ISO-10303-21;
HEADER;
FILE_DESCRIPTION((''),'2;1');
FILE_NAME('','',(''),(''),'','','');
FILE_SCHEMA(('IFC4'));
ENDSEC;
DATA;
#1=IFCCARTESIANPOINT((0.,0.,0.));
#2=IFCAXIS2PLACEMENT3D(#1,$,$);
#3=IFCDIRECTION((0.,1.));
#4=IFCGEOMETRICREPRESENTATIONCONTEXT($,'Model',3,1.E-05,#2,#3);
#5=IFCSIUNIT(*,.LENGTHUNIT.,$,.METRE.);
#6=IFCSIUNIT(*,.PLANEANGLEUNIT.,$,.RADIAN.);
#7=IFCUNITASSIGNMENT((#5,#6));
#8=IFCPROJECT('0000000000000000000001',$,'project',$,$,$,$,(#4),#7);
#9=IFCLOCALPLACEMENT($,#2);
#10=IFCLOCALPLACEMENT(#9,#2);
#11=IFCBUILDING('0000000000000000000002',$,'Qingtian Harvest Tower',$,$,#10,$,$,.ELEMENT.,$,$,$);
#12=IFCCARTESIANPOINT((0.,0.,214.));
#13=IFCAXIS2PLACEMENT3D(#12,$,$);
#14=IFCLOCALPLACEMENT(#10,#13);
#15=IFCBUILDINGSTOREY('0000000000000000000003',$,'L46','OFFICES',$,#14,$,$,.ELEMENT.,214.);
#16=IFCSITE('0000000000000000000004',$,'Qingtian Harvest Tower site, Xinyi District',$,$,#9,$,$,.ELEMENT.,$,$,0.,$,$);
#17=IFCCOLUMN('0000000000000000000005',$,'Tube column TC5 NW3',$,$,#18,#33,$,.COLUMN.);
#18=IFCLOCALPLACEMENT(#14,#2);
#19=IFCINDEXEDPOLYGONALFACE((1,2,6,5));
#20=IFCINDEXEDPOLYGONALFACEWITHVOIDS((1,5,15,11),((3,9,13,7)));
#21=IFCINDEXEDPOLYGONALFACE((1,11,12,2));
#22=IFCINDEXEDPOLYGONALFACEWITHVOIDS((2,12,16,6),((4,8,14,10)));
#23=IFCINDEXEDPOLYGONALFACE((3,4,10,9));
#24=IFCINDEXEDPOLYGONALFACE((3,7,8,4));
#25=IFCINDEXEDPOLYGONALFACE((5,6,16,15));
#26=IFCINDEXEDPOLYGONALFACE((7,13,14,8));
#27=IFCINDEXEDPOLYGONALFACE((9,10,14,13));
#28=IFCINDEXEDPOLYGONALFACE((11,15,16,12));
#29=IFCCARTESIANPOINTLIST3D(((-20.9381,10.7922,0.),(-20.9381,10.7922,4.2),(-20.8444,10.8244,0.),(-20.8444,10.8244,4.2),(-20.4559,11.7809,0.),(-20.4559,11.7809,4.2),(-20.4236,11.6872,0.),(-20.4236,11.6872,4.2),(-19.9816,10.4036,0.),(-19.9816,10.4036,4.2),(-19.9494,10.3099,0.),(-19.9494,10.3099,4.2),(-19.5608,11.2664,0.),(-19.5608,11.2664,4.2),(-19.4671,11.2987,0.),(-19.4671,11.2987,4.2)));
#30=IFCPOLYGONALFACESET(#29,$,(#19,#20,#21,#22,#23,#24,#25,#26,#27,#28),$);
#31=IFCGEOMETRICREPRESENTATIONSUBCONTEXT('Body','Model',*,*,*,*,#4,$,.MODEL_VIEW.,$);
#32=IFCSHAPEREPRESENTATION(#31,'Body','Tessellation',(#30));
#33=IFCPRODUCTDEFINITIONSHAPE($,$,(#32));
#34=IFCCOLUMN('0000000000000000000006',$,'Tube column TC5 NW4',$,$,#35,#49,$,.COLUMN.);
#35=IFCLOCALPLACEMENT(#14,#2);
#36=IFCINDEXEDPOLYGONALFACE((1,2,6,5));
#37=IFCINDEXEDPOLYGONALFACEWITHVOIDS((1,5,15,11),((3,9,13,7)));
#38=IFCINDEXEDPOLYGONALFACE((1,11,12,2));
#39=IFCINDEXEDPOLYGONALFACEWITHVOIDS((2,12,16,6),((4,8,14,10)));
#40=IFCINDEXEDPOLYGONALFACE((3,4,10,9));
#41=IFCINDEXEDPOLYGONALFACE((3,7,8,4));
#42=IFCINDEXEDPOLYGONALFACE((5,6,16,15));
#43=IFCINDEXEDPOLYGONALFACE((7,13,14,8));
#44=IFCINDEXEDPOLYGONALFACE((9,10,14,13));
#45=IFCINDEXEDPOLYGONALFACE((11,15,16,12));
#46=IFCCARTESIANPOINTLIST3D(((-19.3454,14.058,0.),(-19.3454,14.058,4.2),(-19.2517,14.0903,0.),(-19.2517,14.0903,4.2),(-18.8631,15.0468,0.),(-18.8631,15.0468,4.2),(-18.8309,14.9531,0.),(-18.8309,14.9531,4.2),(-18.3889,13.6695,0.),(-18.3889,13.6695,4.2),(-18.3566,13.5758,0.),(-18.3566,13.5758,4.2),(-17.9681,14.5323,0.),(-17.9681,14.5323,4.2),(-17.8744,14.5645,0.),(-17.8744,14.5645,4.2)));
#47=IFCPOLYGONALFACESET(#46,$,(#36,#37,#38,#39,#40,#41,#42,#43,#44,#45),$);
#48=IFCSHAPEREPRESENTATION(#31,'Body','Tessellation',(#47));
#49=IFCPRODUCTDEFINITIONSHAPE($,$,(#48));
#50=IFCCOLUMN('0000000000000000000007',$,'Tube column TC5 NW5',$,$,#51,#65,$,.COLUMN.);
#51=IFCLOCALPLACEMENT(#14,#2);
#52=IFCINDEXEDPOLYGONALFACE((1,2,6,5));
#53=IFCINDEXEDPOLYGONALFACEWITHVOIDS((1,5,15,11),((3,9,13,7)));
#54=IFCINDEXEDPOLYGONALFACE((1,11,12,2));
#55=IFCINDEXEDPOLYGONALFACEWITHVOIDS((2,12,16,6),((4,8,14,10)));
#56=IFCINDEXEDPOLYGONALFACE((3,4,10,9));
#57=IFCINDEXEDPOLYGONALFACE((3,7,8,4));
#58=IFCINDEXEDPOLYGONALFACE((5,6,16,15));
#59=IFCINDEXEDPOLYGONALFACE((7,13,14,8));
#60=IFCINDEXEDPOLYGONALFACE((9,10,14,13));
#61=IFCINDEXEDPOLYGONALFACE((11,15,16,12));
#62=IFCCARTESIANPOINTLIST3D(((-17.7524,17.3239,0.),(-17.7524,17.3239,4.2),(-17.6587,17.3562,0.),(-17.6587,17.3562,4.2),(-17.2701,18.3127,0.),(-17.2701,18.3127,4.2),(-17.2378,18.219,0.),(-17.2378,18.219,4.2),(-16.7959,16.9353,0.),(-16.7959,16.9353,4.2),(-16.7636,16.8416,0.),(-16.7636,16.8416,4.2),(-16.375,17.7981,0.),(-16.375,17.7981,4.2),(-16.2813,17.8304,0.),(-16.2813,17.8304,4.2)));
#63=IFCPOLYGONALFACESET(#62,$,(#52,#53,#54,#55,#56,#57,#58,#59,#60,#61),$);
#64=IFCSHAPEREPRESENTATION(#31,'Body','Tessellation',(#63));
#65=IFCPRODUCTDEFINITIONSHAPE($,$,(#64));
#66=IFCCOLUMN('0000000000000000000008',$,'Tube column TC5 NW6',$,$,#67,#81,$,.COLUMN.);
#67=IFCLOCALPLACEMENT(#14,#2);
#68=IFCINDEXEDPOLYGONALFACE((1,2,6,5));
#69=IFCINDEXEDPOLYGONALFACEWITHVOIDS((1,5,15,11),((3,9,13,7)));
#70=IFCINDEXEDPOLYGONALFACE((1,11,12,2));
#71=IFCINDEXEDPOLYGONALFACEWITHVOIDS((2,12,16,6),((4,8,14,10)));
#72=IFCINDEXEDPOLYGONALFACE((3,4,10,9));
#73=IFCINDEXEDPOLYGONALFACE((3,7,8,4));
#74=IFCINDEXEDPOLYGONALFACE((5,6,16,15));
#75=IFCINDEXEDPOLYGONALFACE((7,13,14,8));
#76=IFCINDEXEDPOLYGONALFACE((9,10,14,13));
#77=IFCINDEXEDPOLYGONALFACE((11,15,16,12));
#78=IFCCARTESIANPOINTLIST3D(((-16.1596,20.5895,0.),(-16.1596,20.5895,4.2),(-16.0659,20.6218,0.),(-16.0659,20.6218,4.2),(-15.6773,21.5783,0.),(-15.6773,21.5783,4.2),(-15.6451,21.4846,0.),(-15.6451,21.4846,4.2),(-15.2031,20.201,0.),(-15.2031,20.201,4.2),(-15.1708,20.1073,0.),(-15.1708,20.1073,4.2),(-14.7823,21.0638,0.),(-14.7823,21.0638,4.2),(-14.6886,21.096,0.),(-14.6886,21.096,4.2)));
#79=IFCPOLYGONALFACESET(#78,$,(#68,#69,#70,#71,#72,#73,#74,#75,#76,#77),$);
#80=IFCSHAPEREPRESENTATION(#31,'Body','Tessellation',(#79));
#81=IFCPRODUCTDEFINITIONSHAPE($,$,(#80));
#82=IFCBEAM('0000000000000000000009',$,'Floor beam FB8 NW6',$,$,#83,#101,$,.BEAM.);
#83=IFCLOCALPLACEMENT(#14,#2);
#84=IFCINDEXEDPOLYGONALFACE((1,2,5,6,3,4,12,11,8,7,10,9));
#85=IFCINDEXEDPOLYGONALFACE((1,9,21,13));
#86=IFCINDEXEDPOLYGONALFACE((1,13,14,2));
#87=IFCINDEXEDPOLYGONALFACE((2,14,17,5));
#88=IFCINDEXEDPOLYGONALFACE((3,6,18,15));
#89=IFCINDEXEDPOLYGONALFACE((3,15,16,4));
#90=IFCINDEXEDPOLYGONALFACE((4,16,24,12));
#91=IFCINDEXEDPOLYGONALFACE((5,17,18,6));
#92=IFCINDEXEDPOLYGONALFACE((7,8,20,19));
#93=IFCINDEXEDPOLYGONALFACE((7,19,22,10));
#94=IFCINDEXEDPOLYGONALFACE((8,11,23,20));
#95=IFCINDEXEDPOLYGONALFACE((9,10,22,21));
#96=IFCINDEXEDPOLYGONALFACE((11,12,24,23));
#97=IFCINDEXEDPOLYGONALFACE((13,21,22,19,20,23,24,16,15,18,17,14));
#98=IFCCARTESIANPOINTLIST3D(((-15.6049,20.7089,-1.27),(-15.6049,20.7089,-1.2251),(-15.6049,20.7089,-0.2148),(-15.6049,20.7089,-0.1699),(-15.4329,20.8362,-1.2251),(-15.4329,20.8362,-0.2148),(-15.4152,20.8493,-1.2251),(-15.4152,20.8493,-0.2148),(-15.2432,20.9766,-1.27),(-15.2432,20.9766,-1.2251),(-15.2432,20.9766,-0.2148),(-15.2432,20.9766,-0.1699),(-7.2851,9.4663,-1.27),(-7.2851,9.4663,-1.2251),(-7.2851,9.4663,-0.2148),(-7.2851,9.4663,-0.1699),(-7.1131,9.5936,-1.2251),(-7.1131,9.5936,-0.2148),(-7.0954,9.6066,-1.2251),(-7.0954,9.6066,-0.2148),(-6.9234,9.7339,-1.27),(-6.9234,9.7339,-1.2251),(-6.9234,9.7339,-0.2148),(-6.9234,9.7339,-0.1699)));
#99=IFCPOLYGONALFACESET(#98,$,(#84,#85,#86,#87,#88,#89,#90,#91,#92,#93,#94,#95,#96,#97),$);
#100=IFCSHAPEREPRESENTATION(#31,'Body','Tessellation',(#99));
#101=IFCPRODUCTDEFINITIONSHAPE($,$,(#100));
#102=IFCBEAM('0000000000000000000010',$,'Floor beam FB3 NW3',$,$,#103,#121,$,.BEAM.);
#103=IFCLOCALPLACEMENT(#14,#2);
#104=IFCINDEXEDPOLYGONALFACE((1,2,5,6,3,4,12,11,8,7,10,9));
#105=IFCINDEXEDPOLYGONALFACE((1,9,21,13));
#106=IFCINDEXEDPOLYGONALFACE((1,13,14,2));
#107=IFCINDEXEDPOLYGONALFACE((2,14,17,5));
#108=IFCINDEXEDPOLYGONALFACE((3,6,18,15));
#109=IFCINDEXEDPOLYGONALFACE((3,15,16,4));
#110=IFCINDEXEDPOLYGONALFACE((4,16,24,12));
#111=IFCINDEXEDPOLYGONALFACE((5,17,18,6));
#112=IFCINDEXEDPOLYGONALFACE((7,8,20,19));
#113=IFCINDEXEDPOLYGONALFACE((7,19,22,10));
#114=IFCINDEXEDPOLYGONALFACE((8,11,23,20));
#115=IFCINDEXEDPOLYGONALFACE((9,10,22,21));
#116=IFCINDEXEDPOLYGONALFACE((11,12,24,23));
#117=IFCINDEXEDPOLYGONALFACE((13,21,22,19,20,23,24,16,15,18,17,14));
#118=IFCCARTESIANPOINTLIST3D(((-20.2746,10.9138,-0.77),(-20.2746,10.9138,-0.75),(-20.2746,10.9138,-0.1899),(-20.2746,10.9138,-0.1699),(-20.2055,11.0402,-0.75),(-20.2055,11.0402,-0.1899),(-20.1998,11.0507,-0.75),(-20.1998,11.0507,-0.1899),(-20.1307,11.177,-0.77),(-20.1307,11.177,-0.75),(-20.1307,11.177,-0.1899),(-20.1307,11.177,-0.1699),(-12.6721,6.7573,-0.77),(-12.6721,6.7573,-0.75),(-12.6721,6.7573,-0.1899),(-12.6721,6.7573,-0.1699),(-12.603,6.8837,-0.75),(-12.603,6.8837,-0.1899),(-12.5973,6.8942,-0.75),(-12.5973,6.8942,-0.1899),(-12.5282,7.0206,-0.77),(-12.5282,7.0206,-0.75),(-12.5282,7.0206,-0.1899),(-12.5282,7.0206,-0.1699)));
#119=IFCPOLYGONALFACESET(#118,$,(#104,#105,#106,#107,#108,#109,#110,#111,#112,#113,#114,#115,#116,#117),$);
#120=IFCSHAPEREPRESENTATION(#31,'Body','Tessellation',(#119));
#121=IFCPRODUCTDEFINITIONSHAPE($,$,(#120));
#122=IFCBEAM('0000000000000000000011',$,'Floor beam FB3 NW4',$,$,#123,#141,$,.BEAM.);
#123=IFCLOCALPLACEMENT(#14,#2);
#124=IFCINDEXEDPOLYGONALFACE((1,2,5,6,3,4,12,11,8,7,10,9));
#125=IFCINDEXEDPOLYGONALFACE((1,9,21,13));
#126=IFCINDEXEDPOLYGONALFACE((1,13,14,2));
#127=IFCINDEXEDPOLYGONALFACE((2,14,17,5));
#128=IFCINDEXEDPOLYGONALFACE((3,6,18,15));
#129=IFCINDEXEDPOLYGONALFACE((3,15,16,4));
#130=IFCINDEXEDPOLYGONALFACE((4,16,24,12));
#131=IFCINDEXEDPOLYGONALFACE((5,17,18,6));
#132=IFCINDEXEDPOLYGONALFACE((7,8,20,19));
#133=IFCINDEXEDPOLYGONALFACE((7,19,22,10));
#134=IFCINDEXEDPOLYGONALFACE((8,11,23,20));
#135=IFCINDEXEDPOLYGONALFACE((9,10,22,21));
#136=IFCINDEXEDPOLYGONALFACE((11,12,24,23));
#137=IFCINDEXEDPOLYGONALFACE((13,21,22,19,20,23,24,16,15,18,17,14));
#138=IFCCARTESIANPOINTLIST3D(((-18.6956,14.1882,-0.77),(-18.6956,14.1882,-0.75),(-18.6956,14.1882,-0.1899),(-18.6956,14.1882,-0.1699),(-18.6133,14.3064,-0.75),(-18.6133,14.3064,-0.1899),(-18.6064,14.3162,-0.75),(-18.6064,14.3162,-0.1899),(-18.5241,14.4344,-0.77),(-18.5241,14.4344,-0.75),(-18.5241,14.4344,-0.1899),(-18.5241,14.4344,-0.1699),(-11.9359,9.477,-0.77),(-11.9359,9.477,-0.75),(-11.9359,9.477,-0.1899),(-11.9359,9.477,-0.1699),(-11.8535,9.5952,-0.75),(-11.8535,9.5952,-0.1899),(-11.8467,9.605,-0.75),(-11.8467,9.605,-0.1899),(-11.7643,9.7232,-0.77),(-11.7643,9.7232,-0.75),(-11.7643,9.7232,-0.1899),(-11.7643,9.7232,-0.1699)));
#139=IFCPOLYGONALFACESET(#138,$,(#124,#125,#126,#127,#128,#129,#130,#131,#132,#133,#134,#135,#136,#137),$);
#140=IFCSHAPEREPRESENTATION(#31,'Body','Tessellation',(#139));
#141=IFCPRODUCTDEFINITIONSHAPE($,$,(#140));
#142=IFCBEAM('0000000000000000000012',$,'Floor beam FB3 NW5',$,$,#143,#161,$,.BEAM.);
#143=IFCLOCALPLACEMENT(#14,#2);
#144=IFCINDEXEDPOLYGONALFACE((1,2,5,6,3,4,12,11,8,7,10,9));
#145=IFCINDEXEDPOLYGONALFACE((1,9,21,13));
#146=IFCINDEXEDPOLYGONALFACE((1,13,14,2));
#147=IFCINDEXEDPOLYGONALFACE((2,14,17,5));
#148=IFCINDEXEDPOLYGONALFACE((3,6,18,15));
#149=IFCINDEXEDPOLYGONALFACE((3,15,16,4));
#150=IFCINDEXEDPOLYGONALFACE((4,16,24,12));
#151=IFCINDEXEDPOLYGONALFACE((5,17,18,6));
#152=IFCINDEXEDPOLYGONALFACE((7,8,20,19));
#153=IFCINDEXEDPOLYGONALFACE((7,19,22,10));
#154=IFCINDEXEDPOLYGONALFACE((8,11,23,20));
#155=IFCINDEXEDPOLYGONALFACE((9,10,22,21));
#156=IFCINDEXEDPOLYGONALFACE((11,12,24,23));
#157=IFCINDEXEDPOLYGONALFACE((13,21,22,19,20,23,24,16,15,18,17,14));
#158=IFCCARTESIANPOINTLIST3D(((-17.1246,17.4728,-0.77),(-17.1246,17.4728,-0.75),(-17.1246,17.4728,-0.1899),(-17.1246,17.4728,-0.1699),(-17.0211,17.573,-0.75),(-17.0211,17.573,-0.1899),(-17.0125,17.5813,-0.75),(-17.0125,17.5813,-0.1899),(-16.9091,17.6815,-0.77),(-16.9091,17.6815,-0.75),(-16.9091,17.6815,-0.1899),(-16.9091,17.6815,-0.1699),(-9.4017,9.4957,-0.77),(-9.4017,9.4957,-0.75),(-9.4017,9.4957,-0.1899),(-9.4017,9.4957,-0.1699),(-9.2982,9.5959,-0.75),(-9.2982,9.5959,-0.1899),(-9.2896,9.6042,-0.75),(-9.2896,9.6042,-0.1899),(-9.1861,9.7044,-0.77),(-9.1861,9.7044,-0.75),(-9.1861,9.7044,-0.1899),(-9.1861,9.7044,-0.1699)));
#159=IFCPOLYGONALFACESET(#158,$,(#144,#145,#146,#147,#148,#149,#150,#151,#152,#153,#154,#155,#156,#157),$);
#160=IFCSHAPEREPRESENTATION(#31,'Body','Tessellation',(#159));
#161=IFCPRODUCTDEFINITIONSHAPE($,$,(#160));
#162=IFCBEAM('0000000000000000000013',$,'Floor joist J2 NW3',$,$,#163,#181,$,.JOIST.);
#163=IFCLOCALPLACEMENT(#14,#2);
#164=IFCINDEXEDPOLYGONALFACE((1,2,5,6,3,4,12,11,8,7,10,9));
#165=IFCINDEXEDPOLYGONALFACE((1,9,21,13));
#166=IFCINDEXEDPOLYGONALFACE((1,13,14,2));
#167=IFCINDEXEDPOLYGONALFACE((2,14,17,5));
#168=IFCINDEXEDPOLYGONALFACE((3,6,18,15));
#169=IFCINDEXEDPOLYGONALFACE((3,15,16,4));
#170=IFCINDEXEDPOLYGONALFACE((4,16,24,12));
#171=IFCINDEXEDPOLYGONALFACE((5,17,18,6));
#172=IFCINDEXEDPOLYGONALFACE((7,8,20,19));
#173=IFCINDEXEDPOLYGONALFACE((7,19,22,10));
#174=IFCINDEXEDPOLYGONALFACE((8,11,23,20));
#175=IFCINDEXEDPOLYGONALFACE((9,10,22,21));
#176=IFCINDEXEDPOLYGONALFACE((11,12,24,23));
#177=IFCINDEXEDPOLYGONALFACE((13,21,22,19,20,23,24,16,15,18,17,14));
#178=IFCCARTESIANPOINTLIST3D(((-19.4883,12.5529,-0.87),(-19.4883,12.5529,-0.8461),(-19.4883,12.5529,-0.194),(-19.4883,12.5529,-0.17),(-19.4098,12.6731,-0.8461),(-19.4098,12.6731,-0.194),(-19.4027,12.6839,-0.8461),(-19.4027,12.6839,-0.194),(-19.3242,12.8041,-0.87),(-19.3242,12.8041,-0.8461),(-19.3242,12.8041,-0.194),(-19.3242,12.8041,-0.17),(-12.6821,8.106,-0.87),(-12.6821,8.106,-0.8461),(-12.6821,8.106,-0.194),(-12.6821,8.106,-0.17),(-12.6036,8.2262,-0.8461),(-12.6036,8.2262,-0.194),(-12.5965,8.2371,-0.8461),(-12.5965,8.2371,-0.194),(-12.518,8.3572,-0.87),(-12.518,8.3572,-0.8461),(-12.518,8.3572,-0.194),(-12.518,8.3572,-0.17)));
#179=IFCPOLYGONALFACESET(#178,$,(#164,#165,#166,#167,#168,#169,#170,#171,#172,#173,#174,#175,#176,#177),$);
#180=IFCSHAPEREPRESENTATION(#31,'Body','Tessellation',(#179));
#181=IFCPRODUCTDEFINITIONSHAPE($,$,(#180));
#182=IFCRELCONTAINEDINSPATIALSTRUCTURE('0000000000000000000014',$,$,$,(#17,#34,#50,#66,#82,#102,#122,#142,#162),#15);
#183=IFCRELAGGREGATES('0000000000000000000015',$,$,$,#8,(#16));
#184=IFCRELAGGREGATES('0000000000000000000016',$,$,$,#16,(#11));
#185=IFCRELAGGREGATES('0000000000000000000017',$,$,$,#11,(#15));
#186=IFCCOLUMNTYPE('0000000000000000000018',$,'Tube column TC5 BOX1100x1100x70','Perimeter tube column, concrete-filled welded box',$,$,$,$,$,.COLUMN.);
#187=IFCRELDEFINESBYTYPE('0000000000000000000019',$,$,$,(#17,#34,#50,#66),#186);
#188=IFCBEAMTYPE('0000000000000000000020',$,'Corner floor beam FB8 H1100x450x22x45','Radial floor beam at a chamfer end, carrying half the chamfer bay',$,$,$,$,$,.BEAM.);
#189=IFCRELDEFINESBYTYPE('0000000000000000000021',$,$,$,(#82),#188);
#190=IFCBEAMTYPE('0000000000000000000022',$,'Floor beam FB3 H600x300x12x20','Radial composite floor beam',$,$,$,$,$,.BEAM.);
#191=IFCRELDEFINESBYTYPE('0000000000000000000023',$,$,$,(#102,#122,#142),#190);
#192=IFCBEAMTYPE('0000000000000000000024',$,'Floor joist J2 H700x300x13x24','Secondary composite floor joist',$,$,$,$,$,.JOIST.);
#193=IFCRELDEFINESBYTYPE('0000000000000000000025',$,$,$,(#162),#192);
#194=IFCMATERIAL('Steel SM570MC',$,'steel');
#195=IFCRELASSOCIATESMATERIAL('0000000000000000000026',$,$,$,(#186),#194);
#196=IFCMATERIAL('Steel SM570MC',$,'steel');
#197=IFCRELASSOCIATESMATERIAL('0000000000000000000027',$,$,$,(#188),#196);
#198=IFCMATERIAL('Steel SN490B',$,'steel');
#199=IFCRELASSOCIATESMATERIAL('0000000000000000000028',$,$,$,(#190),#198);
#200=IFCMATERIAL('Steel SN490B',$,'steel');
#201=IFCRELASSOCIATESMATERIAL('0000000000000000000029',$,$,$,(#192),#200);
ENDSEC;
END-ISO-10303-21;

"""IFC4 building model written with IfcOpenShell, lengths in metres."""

from ifc_helpers import new_model, si_unit, direction, frame, origin, origin_2d, place, context, subcontext, project, spatial, hollow_rectangle, i_section, extrude, material, material_profile, profile_set, type_object, element, save


model = new_model("IFC4")

# Units and contexts
model_context = context("Model", 3, precision=1e-05, world=origin(), true_north=direction((0.0, 1.0)))
body_context = subcontext(model_context, "Body", "Model", "MODEL_VIEW")
ifc_project = project(units=[si_unit("LENGTHUNIT", "METRE"), si_unit("PLANEANGLEUNIT", "RADIAN")], contexts=[model_context])

# Site, building, storey
site_placement = place(None, origin())
site = spatial("IfcSite", under=ifc_project, at=site_placement, Name="Qingtian Harvest Tower site, Xinyi District", CompositionType="ELEMENT", RefElevation=0.0)
building_placement = place(site_placement, origin())
building = spatial("IfcBuilding", under=site, at=building_placement, Name="Qingtian Harvest Tower", CompositionType="ELEMENT")
storey_placement = place(building_placement, frame((0.0, 0.0, 214.0)))
storey = spatial("IfcBuildingStorey", under=building, at=storey_placement, Name="L46", Description="OFFICES", CompositionType="ELEMENT", Elevation=214.0)

# Columns
ifc_material_1 = material(Name="Steel SM570MC", Category="steel")
ifc_material_profile_1 = material_profile(ifc_material_1, hollow_rectangle(XDim=1.1001, YDim=1.1001, WallThickness=0.0701, at=origin_2d()), Name="BOX1100x1100x70")
ifc_profile_set_1 = profile_set([ifc_material_profile_1], Name="Steel SM570MC")
column_type = type_object("IfcColumnType", Name="Tube column TC5 BOX1100x1100x70", Description="Perimeter tube column, concrete-filled welded box", PredefinedType="COLUMN", material=ifc_profile_set_1)
for number, where, z_axis, x_axis, name in (
    (1, (-20.2026, 11.0454, 0.0), (0.0, 0.0, 1.0), (-0.438371, -0.898794, 0.0), "Tube column TC5 NW3"),
    (2, (-18.6099, 14.3113, 0.0), (0.0, 0.0, 1.0), (-0.438371, -0.898794, 0.0), "Tube column TC5 NW4"),
    (3, (-17.0168, 17.5771, 0.0), (0.0, 0.0, 1.0), (-0.438371, -0.898794, 0.0), "Tube column TC5 NW5"),
    (4, (-15.4241, 20.8428, 0.0), (0.0, 0.0, 1.0), (-0.438371, -0.898794, 0.0), "Tube column TC5 NW6"),
):
    element("IfcColumn", number, at=place(storey_placement, frame(where, z_axis=z_axis, x_axis=x_axis)), inside=storey, type_object=column_type, Name=name, PredefinedType="COLUMN", context=body_context, shape_type="SweptSolid", body=[
        extrude(hollow_rectangle(XDim=1.1001, YDim=1.1001, WallThickness=0.0701, at=origin_2d()), origin(), (0.0, 0.0, 1.0), 4.2),
    ])

# Beams
ifc_material_2 = material(Name="Steel SM570MC", Category="steel")
ifc_material_profile_2 = material_profile(ifc_material_2, i_section(OverallWidth=0.45, OverallDepth=1.1001, WebThickness=0.022, FlangeThickness=0.0449, at=origin_2d()), Name="H1100x450x22x45")
ifc_profile_set_2 = profile_set([ifc_material_profile_2], Name="Steel SM570MC")
beam_type_1 = type_object("IfcBeamType", Name="Corner floor beam FB8 H1100x450x22x45", Description="Radial floor beam at a chamfer end, carrying half the chamfer bay", PredefinedType="BEAM", material=ifc_profile_set_2)
beam_1_placement = place(storey_placement, frame((-15.4241, 20.8428, -0.72), z_axis=(0.594854, -0.803834, 0.0), x_axis=(0.803834, 0.594854, 0.0)))
element("IfcBeam", 5, at=beam_1_placement, inside=storey, type_object=beam_type_1, Name="Floor beam FB8 NW6", PredefinedType="BEAM", context=body_context, shape_type="SweptSolid", body=[
    extrude(i_section(OverallWidth=0.45, OverallDepth=1.1001, WebThickness=0.022, FlangeThickness=0.0449, at=origin_2d()), origin(), (0.0, 0.0, 1.0), 13.9863),
])
ifc_material_3 = material(Name="Steel SN490B", Category="steel")
ifc_material_profile_3 = material_profile(ifc_material_3, i_section(OverallWidth=0.3, OverallDepth=0.6001, WebThickness=0.012, FlangeThickness=0.02, at=origin_2d()), Name="H600x300x12x20")
ifc_profile_set_3 = profile_set([ifc_material_profile_3], Name="Steel SN490B")
beam_type_2 = type_object("IfcBeamType", Name="Floor beam FB3 H600x300x12x20", Description="Radial composite floor beam", PredefinedType="BEAM", material=ifc_profile_set_3)
beam_2_placement = place(storey_placement, frame((-20.2026, 11.0454, -0.47), z_axis=(0.877427, -0.479711, 0.0), x_axis=(0.479711, 0.877427, 0.0)))
element("IfcBeam", 6, at=beam_2_placement, inside=storey, type_object=beam_type_2, Name="Floor beam FB3 NW3", PredefinedType="BEAM", context=body_context, shape_type="SweptSolid", body=[
    extrude(i_section(OverallWidth=0.3, OverallDepth=0.6001, WebThickness=0.012, FlangeThickness=0.02, at=origin_2d()), origin(), (0.0, 0.0, 1.0), 8.6646),
])
beam_3_placement = place(storey_placement, frame((-18.6099, 14.3113, -0.47), z_axis=(0.820408, -0.571779, 0.0), x_axis=(0.571779, 0.820408, 0.0)))
element("IfcBeam", 7, at=beam_3_placement, inside=storey, type_object=beam_type_2, Name="Floor beam FB3 NW4", PredefinedType="BEAM", context=body_context, shape_type="SweptSolid", body=[
    extrude(i_section(OverallWidth=0.3, OverallDepth=0.6001, WebThickness=0.012, FlangeThickness=0.02, at=origin_2d()), origin(), (0.0, 0.0, 1.0), 8.2395),
])
beam_4_placement = place(storey_placement, frame((-17.0168, 17.5771, -0.47), z_axis=(0.695569, -0.718459, 0.0), x_axis=(0.718459, 0.695569, 0.0)))
element("IfcBeam", 8, at=beam_4_placement, inside=storey, type_object=beam_type_2, Name="Floor beam FB3 NW5", PredefinedType="BEAM", context=body_context, shape_type="SweptSolid", body=[
    extrude(i_section(OverallWidth=0.3, OverallDepth=0.6001, WebThickness=0.012, FlangeThickness=0.02, at=origin_2d()), origin(), (0.0, 0.0, 1.0), 11.103),
])
ifc_material_4 = material(Name="Steel SN490B", Category="steel")
ifc_material_profile_4 = material_profile(ifc_material_4, i_section(OverallWidth=0.3, OverallDepth=0.7, WebThickness=0.0129, FlangeThickness=0.0239, at=origin_2d()), Name="H700x300x13x24")
ifc_profile_set_4 = profile_set([ifc_material_profile_4], Name="Steel SN490B")
beam_type_3 = type_object("IfcBeamType", Name="Floor joist J2 H700x300x13x24", Description="Secondary composite floor joist", PredefinedType="JOIST", material=ifc_profile_set_4)
beam_5_placement = place(storey_placement, frame((-19.4062, 12.6785, -0.52), z_axis=(0.837161, -0.546956, 0.0), x_axis=(0.546956, 0.837161, 0.0)))
element("IfcBeam", 9, at=beam_5_placement, inside=storey, type_object=beam_type_3, Name="Floor joist J2 NW3", PredefinedType="JOIST", context=body_context, shape_type="SweptSolid", body=[
    extrude(i_section(OverallWidth=0.3, OverallDepth=0.7, WebThickness=0.0129, FlangeThickness=0.0239, at=origin_2d()), origin(), (0.0, 0.0, 1.0), 8.1301),
])

save(model, "model.ifc")
